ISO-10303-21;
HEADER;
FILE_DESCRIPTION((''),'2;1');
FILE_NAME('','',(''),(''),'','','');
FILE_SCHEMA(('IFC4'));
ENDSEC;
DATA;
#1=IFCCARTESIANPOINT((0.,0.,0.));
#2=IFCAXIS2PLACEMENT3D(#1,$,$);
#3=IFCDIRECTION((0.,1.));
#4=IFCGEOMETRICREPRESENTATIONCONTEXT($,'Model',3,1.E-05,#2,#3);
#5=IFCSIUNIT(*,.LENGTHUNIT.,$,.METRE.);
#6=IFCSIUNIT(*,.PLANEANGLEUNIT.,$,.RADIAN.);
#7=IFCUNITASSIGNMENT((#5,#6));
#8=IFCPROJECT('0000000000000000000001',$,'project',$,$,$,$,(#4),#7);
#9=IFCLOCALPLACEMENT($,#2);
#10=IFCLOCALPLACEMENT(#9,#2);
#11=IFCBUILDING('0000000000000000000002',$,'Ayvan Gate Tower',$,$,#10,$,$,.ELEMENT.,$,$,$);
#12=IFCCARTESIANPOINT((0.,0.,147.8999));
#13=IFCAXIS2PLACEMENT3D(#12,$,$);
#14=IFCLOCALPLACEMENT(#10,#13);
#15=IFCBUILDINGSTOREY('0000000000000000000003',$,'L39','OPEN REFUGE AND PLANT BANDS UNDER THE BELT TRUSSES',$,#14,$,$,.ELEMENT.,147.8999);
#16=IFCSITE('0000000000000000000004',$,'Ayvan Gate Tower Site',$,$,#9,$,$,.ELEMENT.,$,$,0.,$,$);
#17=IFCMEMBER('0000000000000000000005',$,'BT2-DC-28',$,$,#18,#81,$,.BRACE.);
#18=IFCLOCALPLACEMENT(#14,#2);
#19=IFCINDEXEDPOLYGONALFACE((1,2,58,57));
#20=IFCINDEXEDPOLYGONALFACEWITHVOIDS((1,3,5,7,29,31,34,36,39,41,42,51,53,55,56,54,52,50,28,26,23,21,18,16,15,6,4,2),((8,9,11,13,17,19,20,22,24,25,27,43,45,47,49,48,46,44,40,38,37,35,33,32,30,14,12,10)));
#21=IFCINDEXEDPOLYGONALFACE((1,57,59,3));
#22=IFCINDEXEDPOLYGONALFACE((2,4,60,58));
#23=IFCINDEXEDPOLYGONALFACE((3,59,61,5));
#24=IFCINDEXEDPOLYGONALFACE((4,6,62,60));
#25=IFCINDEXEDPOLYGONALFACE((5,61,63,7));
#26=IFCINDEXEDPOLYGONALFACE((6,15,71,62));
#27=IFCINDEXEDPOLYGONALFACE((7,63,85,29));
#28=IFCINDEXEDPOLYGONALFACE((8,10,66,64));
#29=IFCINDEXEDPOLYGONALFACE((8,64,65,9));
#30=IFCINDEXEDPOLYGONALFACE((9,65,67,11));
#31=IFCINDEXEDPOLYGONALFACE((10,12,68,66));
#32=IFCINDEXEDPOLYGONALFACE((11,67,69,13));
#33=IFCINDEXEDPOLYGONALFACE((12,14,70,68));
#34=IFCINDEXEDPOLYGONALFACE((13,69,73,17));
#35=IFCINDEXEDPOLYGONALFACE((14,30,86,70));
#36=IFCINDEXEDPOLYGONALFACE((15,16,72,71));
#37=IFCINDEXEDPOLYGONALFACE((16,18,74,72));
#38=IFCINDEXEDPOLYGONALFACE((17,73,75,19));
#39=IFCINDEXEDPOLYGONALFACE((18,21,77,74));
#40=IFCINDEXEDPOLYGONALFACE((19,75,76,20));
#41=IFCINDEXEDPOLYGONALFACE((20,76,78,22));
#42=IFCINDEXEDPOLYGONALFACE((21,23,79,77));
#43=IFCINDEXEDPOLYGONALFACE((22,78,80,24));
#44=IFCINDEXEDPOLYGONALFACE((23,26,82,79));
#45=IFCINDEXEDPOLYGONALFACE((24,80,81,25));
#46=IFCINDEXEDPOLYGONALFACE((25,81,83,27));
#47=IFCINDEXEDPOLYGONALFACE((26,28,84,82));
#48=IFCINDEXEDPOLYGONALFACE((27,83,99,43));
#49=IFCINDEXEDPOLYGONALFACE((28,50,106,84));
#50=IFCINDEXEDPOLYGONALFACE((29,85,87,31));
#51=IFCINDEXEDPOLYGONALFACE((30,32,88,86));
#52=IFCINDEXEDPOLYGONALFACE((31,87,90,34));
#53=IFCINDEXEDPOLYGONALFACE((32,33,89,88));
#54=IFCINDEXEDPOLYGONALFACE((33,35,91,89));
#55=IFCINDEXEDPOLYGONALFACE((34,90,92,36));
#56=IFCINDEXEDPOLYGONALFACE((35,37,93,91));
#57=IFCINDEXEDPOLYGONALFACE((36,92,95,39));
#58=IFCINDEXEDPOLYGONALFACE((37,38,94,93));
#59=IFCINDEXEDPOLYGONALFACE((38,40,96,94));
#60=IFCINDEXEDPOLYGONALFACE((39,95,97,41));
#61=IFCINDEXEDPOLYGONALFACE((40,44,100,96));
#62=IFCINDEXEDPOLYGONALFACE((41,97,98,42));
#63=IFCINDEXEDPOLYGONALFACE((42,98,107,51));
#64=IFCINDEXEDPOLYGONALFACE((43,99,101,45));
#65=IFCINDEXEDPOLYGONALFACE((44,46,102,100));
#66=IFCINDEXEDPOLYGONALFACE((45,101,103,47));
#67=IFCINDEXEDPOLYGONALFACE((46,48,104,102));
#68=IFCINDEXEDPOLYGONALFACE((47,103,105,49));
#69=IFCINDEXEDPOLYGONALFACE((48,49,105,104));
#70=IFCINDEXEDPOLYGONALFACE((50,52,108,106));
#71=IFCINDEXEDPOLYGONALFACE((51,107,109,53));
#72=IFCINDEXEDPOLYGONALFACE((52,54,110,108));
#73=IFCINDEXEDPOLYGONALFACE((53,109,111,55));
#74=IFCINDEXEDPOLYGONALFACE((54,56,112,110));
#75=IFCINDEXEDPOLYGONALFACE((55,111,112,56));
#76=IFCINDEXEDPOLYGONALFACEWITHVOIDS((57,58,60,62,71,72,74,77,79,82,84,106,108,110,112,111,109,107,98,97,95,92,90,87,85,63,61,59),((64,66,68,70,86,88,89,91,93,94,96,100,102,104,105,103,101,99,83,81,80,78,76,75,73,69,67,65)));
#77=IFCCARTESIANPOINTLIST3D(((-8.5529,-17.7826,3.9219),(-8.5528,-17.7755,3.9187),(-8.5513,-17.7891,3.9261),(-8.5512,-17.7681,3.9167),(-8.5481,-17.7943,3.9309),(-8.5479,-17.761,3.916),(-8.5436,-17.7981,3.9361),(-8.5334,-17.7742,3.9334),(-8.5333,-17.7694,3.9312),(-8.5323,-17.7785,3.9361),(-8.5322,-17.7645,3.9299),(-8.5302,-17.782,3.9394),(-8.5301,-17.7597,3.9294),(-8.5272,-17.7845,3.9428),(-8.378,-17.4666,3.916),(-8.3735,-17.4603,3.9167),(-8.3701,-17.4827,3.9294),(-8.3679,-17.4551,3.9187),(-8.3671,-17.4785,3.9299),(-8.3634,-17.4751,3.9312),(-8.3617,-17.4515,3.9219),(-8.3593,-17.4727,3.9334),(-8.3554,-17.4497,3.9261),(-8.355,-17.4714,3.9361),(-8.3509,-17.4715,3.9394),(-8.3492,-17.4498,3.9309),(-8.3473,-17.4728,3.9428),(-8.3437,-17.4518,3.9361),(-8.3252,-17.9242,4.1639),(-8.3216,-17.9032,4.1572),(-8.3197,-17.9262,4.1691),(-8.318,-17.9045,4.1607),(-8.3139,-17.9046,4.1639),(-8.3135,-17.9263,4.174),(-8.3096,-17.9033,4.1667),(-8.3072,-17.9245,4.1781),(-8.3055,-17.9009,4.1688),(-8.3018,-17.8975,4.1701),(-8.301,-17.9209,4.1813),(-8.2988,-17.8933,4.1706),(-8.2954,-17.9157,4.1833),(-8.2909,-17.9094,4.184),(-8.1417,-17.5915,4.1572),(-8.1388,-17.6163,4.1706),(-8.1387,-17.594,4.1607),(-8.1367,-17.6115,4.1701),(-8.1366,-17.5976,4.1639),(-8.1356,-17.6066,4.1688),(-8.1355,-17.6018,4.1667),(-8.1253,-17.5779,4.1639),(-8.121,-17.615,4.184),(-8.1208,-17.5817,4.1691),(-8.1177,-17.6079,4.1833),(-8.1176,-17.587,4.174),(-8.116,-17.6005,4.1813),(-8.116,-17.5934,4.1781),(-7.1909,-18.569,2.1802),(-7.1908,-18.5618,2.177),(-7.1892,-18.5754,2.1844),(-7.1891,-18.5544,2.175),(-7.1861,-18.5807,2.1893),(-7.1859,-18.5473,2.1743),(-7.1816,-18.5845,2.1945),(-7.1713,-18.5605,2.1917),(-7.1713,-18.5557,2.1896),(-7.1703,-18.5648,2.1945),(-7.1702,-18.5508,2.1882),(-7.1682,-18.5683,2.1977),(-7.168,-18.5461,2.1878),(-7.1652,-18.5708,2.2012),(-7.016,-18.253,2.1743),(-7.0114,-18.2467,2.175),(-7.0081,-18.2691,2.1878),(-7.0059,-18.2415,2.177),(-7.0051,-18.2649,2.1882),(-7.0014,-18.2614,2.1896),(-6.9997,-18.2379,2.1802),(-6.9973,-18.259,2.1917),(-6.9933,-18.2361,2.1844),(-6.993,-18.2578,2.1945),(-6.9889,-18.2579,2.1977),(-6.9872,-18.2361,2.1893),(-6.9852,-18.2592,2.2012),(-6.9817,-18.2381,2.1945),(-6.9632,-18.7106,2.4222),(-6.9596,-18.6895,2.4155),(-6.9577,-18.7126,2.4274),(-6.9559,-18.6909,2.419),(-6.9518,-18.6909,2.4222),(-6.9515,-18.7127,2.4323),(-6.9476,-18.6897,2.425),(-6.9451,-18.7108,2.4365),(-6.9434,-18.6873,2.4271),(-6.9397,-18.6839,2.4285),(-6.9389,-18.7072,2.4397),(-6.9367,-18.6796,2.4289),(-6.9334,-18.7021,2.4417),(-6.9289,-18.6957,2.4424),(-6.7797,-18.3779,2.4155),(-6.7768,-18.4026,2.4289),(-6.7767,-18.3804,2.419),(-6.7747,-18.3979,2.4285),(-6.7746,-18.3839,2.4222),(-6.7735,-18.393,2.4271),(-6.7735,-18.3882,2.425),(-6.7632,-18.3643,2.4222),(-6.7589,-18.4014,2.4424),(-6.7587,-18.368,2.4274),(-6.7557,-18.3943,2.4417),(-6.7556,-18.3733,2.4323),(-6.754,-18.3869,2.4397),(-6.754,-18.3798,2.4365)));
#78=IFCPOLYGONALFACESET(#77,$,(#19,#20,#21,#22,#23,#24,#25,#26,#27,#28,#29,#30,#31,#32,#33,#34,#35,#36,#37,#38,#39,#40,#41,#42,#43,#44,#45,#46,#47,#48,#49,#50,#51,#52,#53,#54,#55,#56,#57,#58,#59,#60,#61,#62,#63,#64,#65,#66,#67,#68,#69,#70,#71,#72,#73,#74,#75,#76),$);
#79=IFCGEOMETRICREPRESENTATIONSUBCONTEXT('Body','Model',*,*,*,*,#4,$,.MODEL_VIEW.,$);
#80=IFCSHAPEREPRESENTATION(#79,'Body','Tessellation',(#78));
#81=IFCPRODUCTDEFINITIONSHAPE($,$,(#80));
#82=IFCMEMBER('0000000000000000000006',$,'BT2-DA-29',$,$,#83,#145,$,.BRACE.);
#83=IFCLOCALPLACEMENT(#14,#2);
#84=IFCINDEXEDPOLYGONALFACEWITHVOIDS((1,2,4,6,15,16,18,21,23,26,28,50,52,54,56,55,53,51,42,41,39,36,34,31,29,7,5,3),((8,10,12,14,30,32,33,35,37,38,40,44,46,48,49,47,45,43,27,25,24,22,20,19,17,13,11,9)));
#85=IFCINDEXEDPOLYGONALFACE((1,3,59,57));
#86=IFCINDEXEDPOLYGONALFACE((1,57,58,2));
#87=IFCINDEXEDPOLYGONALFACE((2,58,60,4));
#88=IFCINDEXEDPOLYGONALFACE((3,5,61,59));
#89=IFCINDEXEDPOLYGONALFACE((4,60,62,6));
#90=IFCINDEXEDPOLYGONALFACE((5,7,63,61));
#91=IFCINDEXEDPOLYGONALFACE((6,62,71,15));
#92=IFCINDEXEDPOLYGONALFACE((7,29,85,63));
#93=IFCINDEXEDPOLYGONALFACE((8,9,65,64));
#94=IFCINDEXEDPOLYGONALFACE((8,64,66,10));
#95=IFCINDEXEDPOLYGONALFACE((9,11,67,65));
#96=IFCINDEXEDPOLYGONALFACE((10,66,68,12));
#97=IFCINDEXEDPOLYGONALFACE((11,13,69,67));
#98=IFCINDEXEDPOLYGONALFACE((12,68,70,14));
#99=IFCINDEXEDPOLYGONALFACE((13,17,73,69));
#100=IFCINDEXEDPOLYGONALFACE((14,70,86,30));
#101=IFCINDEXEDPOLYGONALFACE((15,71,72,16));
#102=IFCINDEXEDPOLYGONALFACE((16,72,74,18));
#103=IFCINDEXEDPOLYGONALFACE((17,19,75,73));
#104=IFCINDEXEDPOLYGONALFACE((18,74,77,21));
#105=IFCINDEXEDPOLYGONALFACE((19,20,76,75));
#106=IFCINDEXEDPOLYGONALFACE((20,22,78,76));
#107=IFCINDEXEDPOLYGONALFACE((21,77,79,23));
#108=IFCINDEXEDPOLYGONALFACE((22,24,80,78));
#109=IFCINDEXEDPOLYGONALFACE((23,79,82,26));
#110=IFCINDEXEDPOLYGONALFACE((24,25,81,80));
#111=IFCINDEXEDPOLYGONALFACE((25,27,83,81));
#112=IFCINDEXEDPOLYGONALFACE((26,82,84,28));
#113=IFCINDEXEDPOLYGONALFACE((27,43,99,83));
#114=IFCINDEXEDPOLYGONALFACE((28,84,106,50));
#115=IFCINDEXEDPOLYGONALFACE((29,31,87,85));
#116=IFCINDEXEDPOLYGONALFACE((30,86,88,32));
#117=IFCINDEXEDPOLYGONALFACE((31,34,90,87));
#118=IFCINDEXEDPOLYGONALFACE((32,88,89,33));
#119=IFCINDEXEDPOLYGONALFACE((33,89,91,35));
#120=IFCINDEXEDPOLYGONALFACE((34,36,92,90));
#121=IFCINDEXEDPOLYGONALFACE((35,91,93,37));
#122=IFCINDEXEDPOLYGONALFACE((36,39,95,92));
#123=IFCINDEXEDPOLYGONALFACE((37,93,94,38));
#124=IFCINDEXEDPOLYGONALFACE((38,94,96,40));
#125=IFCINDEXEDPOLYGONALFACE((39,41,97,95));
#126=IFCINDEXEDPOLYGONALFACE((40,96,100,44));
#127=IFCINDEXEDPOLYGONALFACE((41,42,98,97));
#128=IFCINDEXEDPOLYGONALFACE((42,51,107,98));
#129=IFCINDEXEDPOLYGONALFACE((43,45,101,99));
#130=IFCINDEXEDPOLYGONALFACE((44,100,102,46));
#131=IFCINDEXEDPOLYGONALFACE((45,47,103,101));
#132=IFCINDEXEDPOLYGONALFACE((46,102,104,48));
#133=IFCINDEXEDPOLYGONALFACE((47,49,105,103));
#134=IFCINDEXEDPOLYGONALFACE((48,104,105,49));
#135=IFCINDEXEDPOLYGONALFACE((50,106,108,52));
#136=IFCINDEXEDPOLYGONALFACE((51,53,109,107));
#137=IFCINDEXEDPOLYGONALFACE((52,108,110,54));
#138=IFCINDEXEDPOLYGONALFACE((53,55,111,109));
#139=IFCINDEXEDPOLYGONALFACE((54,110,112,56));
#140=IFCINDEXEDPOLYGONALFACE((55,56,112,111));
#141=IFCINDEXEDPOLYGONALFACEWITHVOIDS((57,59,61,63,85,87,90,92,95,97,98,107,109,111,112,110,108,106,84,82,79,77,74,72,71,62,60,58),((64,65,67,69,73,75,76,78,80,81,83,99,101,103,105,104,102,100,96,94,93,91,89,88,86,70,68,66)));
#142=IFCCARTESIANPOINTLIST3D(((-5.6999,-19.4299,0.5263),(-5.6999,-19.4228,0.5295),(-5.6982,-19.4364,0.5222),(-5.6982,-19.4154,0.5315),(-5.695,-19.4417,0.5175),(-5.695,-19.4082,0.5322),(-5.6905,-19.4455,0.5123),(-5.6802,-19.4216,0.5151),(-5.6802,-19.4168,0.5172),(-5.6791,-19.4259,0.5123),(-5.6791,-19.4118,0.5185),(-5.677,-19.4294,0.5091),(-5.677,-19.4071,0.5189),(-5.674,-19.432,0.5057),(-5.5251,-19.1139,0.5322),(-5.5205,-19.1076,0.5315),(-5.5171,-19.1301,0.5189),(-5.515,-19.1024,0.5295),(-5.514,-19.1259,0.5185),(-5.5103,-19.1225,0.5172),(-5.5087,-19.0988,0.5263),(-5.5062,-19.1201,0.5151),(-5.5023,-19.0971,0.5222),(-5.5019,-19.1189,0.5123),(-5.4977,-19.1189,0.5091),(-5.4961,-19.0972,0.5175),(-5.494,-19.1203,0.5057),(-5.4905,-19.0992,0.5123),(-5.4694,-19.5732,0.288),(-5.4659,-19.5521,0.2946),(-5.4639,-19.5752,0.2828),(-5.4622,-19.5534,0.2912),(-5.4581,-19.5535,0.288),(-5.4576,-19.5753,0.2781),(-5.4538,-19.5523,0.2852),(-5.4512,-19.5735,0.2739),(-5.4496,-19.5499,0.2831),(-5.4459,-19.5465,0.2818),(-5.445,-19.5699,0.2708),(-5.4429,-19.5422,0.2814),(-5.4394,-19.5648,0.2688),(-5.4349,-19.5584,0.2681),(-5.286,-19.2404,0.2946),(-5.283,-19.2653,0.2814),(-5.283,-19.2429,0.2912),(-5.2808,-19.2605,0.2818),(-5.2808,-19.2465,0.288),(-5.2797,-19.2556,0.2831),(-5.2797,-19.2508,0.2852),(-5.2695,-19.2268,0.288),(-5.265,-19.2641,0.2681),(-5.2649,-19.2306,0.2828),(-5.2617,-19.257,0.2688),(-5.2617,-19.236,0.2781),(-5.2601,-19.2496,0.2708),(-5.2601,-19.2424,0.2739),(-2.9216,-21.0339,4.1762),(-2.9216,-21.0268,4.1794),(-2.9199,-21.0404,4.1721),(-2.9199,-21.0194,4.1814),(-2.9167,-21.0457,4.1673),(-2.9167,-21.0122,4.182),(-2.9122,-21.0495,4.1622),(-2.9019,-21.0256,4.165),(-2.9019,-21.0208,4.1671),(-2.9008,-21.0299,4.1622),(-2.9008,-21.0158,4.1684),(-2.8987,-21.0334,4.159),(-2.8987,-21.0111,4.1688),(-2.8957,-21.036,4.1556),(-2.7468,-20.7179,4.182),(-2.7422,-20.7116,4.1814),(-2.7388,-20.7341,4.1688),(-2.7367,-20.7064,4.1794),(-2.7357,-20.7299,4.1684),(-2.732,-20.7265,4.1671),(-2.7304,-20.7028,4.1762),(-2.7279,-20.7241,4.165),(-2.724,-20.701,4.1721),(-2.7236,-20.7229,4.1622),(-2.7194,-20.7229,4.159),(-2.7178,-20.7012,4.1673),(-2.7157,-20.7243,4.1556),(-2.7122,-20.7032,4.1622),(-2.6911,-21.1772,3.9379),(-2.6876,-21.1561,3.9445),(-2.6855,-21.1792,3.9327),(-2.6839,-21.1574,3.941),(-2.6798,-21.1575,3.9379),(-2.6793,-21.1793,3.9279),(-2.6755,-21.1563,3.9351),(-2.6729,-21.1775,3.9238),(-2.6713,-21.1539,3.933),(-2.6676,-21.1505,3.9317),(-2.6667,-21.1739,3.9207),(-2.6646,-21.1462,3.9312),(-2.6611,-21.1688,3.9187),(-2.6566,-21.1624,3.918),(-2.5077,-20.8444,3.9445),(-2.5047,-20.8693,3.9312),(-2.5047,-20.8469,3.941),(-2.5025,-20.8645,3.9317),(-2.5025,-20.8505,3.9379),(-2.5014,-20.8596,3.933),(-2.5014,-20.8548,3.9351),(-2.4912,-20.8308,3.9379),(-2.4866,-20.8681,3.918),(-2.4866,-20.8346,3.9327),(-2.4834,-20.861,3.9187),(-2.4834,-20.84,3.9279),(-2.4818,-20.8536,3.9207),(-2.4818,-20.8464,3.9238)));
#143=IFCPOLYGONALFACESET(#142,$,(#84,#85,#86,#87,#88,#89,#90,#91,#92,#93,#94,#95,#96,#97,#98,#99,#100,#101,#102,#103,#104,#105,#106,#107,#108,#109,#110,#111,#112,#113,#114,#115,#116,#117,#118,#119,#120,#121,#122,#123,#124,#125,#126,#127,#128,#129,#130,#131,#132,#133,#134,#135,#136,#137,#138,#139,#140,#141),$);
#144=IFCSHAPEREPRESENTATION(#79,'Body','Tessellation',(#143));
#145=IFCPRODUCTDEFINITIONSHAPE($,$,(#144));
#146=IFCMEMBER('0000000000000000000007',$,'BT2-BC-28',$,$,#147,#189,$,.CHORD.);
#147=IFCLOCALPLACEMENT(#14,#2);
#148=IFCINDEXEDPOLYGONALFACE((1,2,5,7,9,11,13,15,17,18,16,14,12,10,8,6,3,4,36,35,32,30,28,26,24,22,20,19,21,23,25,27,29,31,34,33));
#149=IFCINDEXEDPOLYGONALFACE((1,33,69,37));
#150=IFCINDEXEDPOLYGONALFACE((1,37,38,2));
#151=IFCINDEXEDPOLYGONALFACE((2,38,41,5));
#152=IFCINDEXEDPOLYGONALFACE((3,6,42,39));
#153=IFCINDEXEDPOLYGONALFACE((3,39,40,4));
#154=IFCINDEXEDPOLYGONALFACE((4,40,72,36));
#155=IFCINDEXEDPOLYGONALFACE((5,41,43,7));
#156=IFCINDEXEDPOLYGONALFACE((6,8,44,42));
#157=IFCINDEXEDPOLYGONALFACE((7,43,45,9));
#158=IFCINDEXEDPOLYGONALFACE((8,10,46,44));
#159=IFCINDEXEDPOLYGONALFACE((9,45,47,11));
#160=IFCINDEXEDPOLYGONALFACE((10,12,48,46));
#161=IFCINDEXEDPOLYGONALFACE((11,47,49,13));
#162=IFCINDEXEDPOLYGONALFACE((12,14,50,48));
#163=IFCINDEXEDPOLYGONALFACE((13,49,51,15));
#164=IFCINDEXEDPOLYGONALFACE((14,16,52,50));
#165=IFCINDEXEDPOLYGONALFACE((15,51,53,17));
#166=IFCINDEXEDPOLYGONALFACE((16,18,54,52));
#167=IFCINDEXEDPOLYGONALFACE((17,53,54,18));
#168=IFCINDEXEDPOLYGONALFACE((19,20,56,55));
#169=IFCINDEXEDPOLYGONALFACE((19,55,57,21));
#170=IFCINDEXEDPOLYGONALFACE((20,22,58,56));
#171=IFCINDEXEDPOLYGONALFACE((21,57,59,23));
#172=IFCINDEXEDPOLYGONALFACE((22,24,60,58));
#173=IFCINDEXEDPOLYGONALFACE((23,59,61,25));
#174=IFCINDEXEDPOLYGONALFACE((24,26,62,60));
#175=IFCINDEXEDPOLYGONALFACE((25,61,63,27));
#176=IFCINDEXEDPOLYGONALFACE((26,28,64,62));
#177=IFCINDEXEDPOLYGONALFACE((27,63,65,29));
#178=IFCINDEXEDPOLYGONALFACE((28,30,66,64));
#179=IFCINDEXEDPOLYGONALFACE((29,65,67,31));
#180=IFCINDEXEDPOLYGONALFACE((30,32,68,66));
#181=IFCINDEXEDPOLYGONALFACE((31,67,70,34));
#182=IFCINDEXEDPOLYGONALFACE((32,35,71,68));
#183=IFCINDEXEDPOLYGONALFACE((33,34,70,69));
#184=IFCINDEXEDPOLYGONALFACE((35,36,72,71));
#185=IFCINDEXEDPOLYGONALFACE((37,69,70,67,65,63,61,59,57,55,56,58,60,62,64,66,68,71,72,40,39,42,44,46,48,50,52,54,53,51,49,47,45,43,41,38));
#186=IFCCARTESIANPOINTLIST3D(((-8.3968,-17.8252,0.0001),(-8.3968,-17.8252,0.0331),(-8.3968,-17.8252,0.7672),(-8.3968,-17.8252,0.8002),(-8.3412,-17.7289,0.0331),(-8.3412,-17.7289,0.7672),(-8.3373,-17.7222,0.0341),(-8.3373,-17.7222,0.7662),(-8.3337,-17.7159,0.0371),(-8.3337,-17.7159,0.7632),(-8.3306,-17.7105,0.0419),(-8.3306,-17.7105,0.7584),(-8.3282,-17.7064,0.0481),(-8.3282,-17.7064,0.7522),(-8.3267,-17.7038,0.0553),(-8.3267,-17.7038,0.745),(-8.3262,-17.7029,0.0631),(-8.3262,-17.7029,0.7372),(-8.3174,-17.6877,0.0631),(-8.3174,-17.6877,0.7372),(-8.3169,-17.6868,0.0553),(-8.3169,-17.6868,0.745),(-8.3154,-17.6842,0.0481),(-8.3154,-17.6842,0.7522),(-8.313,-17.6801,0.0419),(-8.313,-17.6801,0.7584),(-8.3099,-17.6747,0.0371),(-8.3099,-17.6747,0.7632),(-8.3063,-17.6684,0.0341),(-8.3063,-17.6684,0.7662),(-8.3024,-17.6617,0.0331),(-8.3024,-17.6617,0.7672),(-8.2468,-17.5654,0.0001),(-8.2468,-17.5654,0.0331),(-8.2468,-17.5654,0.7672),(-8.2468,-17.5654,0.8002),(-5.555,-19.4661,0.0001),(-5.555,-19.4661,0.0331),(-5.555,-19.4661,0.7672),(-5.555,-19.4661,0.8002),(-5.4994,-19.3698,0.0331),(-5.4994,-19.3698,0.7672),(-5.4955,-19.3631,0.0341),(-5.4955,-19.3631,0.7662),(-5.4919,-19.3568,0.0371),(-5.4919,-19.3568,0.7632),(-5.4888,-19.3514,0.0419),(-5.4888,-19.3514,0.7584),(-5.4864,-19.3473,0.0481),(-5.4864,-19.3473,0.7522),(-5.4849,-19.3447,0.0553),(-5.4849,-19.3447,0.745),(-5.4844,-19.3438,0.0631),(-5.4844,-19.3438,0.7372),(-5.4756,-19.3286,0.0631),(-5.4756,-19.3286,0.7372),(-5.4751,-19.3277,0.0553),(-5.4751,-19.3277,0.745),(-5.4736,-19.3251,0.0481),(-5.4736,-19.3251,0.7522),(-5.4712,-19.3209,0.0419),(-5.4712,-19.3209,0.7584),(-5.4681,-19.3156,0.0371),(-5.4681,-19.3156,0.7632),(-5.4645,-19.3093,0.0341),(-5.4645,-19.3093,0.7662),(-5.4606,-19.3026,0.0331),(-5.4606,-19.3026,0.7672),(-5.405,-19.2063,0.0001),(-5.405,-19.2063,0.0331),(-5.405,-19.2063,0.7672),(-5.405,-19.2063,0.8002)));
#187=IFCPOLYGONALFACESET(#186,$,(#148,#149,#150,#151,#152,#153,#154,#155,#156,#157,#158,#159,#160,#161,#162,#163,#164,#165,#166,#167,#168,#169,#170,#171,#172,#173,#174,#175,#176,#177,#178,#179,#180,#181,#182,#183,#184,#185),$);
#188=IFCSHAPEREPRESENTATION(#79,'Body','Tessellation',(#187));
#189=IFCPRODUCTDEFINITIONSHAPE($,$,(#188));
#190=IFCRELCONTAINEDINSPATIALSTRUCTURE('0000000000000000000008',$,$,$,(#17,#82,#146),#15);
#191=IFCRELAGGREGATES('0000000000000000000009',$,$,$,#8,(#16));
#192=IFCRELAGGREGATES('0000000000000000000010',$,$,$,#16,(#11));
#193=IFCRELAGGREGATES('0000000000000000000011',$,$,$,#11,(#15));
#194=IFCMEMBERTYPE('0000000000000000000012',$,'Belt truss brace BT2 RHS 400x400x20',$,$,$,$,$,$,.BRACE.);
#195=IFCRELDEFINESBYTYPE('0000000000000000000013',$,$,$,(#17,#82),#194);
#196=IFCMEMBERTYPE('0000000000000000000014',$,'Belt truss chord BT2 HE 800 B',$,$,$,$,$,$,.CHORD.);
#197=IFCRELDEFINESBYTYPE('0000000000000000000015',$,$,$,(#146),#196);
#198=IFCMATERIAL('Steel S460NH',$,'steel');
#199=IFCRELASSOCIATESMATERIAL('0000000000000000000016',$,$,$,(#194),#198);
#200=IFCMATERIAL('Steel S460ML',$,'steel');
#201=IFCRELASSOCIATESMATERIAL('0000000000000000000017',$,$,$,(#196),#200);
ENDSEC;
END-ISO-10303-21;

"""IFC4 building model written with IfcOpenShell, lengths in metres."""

from ifc_helpers import new_model, si_unit, direction, frame, origin, origin_2d, place, context, subcontext, project, spatial, hollow_rectangle, i_section, extrude, material, material_profile, profile_set, type_object, element, save


model = new_model("IFC4")

# Units and contexts
model_context = context("Model", 3, precision=1e-05, world=origin(), true_north=direction((0.0, 1.0)))
body_context = subcontext(model_context, "Body", "Model", "MODEL_VIEW")
ifc_project = project(units=[si_unit("LENGTHUNIT", "METRE"), si_unit("PLANEANGLEUNIT", "RADIAN")], contexts=[model_context])

# Site, building, storey
site_placement = place(None, origin())
site = spatial("IfcSite", under=ifc_project, at=site_placement, Name="Ayvan Gate Tower Site", CompositionType="ELEMENT", RefElevation=0.0)
building_placement = place(site_placement, origin())
building = spatial("IfcBuilding", under=site, at=building_placement, Name="Ayvan Gate Tower", CompositionType="ELEMENT")
storey_placement = place(building_placement, frame((0.0, 0.0, 147.8999)))
storey = spatial("IfcBuildingStorey", under=building, at=storey_placement, Name="L39", Description="OPEN REFUGE AND PLANT BANDS UNDER THE BELT TRUSSES", CompositionType="ELEMENT", Elevation=147.8999)

# Members
ifc_material_1 = material(Name="Steel S460NH", Category="steel")
ifc_material_profile_1 = material_profile(ifc_material_1, hollow_rectangle(XDim=0.3999, YDim=0.3999, WallThickness=0.02, InnerFilletRadius=0.02, OuterFilletRadius=0.03, at=origin_2d()), Name="RHS 400x400x20")
ifc_profile_set_1 = profile_set([ifc_material_profile_1], Name="Steel S460NH")
member_type_1 = type_object("IfcMemberType", Name="Belt truss brace BT2 RHS 400x400x20", PredefinedType="BRACE", material=ifc_profile_set_1)
member_1_placement = place(storey_placement, frame((-6.9724, -18.4744, 2.3083), z_axis=(-0.580409, 0.335096, 0.742183), x_axis=(-0.499996, -0.866028, 0.0)))
element("IfcMember", 1, at=member_1_placement, inside=storey, type_object=member_type_1, Name="BT2-DC-28", PredefinedType="BRACE", context=body_context, shape_type="SweptSolid", body=[
    extrude(hollow_rectangle(XDim=0.3999, YDim=0.3999, WallThickness=0.02, InnerFilletRadius=0.02, OuterFilletRadius=0.03, at=origin_2d()), origin(), (0.0, 0.0, 1.0), 2.3467),
])
member_2_placement = place(storey_placement, frame((-5.48, -19.3362, 0.4001), z_axis=(0.571743, -0.330083, 0.751103), x_axis=(0.499986, 0.866034, 0.0)))
element("IfcMember", 2, at=member_2_placement, inside=storey, type_object=member_type_1, Name="BT2-DA-29", PredefinedType="BRACE", context=body_context, shape_type="SweptSolid", body=[
    extrude(hollow_rectangle(XDim=0.3999, YDim=0.3999, WallThickness=0.02, InnerFilletRadius=0.02, OuterFilletRadius=0.03, at=origin_2d()), origin(), (0.0, 0.0, 1.0), 4.8594),
])
ifc_material_2 = material(Name="Steel S460ML", Category="steel")
ifc_material_profile_2 = material_profile(ifc_material_2, i_section(OverallWidth=0.3, OverallDepth=0.8, WebThickness=0.0176, FlangeThickness=0.033, FilletRadius=0.03, at=origin_2d()), Name="HE 800 B")
ifc_profile_set_2 = profile_set([ifc_material_profile_2], Name="Steel S460ML")
member_type_2 = type_object("IfcMemberType", Name="Belt truss chord BT2 HE 800 B", PredefinedType="CHORD", material=ifc_profile_set_2)
for number, where, z_axis, x_axis, name in (
    (3, (-8.3218, -17.6953, 0.4001), (0.866005, -0.500036, 0.0), (0.500036, 0.866005, 0.0), "BT2-BC-28"),
):
    element("IfcMember", number, at=place(storey_placement, frame(where, z_axis=z_axis, x_axis=x_axis)), inside=storey, type_object=member_type_2, Name=name, PredefinedType="CHORD", context=body_context, shape_type="SweptSolid", body=[
        extrude(i_section(OverallWidth=0.3, OverallDepth=0.8, WebThickness=0.0176, FlangeThickness=0.033, FilletRadius=0.03, at=origin_2d()), origin(), (0.0, 0.0, 1.0), 3.2815),
    ])

save(model, "model.ifc")
